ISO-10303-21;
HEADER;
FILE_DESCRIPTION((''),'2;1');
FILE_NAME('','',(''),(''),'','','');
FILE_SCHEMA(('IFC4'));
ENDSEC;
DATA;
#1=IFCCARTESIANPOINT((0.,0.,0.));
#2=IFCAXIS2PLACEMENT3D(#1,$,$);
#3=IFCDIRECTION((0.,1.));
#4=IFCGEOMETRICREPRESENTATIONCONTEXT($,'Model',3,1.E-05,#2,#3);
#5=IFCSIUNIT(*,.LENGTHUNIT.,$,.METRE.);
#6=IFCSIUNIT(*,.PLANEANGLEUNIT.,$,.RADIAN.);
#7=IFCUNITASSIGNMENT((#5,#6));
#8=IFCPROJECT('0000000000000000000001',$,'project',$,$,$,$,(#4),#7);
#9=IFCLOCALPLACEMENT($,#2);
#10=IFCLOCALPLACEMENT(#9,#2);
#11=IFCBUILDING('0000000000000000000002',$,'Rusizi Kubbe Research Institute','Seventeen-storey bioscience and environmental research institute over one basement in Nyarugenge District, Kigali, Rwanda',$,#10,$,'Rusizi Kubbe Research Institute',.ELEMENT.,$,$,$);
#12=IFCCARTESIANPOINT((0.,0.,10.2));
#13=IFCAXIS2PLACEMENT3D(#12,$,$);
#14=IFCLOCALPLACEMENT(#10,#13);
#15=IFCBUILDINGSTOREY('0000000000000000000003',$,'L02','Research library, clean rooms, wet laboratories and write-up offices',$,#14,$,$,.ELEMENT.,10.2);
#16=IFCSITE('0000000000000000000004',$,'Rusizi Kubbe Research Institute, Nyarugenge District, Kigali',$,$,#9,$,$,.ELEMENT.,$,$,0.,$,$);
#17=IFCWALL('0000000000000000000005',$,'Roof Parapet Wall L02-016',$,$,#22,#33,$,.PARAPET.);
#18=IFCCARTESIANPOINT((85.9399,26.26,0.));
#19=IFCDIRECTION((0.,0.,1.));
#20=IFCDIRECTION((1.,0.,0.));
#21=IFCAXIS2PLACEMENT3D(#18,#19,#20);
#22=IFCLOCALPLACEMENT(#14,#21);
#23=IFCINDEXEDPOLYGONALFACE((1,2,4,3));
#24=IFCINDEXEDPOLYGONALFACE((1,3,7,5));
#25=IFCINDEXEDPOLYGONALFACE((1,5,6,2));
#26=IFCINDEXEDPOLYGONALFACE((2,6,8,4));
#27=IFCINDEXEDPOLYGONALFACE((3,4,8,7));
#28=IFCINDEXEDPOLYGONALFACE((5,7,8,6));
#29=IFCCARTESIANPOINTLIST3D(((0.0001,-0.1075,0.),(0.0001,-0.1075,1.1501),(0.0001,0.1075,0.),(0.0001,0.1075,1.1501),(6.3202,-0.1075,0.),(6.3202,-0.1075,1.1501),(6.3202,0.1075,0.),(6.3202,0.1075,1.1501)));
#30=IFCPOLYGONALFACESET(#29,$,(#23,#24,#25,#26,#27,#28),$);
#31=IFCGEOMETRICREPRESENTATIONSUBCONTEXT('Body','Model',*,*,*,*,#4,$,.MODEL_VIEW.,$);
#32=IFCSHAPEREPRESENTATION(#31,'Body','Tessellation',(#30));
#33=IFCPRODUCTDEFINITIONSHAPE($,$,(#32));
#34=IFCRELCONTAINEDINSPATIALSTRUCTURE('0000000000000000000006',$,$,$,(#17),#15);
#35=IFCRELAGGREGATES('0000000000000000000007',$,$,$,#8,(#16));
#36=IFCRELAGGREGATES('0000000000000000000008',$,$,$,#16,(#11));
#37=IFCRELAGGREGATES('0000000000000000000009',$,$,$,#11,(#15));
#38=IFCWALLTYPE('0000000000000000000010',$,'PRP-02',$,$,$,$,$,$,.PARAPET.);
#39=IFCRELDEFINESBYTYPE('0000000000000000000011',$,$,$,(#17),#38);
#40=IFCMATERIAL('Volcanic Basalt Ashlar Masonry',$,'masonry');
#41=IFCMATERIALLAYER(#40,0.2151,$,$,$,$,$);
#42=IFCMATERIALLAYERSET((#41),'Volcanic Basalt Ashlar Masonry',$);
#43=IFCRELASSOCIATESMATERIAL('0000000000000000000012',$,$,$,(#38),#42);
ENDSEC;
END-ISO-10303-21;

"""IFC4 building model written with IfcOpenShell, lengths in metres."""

from ifc_helpers import new_model, si_unit, direction, frame, frame_2d, origin, place, context, subcontext, project, spatial, rectangle, extrude, material, layer, layer_set, type_object, element, save


model = new_model("IFC4")

# Units and contexts
model_context = context("Model", 3, precision=1e-05, world=origin(), true_north=direction((0.0, 1.0)))
body_context = subcontext(model_context, "Body", "Model", "MODEL_VIEW")
ifc_project = project(units=[si_unit("LENGTHUNIT", "METRE"), si_unit("PLANEANGLEUNIT", "RADIAN")], contexts=[model_context])

# Site, building, storey
site_placement = place(None, origin())
site = spatial("IfcSite", under=ifc_project, at=site_placement, Name="Rusizi Kubbe Research Institute, Nyarugenge District, Kigali", CompositionType="ELEMENT", RefElevation=0.0)
building_placement = place(site_placement, origin())
building = spatial("IfcBuilding", under=site, at=building_placement, Name="Rusizi Kubbe Research Institute", Description="Seventeen-storey bioscience and environmental research institute over one basement in Nyarugenge District, Kigali, Rwanda", LongName="Rusizi Kubbe Research Institute", CompositionType="ELEMENT")
storey_placement = place(building_placement, frame((0.0, 0.0, 10.2)))
storey = spatial("IfcBuildingStorey", under=building, at=storey_placement, Name="L02", Description="Research library, clean rooms, wet laboratories and write-up offices", CompositionType="ELEMENT", Elevation=10.2)

# Wall
ifc_material_1 = material(Name="Volcanic Basalt Ashlar Masonry", Category="masonry")
ifc_layer_1 = layer(ifc_material_1, 0.2151)
ifc_layer_set_1 = layer_set([ifc_layer_1], Name="Volcanic Basalt Ashlar Masonry")
wall_type_1 = type_object("IfcWallType", Name="PRP-02", PredefinedType="PARAPET", material=ifc_layer_set_1)
for number, where, z_axis, x_axis, name in (
    (1, (85.9399, 26.26, 0.0), (0.0, 0.0, 1.0), (1.0, 0.0, 0.0), "Roof Parapet Wall L02-016"),
):
    element("IfcWall", number, at=place(storey_placement, frame(where, z_axis=z_axis, x_axis=x_axis)), inside=storey, type_object=wall_type_1, Name=name, PredefinedType="PARAPET", context=body_context, shape_type="SweptSolid", body=[
        extrude(rectangle(XDim=6.3201, YDim=0.2151, at=frame_2d((3.1602, 0.0))), origin(), (0.0, 0.0, 1.0), 1.1501),
    ])

save(model, "model.ifc")
